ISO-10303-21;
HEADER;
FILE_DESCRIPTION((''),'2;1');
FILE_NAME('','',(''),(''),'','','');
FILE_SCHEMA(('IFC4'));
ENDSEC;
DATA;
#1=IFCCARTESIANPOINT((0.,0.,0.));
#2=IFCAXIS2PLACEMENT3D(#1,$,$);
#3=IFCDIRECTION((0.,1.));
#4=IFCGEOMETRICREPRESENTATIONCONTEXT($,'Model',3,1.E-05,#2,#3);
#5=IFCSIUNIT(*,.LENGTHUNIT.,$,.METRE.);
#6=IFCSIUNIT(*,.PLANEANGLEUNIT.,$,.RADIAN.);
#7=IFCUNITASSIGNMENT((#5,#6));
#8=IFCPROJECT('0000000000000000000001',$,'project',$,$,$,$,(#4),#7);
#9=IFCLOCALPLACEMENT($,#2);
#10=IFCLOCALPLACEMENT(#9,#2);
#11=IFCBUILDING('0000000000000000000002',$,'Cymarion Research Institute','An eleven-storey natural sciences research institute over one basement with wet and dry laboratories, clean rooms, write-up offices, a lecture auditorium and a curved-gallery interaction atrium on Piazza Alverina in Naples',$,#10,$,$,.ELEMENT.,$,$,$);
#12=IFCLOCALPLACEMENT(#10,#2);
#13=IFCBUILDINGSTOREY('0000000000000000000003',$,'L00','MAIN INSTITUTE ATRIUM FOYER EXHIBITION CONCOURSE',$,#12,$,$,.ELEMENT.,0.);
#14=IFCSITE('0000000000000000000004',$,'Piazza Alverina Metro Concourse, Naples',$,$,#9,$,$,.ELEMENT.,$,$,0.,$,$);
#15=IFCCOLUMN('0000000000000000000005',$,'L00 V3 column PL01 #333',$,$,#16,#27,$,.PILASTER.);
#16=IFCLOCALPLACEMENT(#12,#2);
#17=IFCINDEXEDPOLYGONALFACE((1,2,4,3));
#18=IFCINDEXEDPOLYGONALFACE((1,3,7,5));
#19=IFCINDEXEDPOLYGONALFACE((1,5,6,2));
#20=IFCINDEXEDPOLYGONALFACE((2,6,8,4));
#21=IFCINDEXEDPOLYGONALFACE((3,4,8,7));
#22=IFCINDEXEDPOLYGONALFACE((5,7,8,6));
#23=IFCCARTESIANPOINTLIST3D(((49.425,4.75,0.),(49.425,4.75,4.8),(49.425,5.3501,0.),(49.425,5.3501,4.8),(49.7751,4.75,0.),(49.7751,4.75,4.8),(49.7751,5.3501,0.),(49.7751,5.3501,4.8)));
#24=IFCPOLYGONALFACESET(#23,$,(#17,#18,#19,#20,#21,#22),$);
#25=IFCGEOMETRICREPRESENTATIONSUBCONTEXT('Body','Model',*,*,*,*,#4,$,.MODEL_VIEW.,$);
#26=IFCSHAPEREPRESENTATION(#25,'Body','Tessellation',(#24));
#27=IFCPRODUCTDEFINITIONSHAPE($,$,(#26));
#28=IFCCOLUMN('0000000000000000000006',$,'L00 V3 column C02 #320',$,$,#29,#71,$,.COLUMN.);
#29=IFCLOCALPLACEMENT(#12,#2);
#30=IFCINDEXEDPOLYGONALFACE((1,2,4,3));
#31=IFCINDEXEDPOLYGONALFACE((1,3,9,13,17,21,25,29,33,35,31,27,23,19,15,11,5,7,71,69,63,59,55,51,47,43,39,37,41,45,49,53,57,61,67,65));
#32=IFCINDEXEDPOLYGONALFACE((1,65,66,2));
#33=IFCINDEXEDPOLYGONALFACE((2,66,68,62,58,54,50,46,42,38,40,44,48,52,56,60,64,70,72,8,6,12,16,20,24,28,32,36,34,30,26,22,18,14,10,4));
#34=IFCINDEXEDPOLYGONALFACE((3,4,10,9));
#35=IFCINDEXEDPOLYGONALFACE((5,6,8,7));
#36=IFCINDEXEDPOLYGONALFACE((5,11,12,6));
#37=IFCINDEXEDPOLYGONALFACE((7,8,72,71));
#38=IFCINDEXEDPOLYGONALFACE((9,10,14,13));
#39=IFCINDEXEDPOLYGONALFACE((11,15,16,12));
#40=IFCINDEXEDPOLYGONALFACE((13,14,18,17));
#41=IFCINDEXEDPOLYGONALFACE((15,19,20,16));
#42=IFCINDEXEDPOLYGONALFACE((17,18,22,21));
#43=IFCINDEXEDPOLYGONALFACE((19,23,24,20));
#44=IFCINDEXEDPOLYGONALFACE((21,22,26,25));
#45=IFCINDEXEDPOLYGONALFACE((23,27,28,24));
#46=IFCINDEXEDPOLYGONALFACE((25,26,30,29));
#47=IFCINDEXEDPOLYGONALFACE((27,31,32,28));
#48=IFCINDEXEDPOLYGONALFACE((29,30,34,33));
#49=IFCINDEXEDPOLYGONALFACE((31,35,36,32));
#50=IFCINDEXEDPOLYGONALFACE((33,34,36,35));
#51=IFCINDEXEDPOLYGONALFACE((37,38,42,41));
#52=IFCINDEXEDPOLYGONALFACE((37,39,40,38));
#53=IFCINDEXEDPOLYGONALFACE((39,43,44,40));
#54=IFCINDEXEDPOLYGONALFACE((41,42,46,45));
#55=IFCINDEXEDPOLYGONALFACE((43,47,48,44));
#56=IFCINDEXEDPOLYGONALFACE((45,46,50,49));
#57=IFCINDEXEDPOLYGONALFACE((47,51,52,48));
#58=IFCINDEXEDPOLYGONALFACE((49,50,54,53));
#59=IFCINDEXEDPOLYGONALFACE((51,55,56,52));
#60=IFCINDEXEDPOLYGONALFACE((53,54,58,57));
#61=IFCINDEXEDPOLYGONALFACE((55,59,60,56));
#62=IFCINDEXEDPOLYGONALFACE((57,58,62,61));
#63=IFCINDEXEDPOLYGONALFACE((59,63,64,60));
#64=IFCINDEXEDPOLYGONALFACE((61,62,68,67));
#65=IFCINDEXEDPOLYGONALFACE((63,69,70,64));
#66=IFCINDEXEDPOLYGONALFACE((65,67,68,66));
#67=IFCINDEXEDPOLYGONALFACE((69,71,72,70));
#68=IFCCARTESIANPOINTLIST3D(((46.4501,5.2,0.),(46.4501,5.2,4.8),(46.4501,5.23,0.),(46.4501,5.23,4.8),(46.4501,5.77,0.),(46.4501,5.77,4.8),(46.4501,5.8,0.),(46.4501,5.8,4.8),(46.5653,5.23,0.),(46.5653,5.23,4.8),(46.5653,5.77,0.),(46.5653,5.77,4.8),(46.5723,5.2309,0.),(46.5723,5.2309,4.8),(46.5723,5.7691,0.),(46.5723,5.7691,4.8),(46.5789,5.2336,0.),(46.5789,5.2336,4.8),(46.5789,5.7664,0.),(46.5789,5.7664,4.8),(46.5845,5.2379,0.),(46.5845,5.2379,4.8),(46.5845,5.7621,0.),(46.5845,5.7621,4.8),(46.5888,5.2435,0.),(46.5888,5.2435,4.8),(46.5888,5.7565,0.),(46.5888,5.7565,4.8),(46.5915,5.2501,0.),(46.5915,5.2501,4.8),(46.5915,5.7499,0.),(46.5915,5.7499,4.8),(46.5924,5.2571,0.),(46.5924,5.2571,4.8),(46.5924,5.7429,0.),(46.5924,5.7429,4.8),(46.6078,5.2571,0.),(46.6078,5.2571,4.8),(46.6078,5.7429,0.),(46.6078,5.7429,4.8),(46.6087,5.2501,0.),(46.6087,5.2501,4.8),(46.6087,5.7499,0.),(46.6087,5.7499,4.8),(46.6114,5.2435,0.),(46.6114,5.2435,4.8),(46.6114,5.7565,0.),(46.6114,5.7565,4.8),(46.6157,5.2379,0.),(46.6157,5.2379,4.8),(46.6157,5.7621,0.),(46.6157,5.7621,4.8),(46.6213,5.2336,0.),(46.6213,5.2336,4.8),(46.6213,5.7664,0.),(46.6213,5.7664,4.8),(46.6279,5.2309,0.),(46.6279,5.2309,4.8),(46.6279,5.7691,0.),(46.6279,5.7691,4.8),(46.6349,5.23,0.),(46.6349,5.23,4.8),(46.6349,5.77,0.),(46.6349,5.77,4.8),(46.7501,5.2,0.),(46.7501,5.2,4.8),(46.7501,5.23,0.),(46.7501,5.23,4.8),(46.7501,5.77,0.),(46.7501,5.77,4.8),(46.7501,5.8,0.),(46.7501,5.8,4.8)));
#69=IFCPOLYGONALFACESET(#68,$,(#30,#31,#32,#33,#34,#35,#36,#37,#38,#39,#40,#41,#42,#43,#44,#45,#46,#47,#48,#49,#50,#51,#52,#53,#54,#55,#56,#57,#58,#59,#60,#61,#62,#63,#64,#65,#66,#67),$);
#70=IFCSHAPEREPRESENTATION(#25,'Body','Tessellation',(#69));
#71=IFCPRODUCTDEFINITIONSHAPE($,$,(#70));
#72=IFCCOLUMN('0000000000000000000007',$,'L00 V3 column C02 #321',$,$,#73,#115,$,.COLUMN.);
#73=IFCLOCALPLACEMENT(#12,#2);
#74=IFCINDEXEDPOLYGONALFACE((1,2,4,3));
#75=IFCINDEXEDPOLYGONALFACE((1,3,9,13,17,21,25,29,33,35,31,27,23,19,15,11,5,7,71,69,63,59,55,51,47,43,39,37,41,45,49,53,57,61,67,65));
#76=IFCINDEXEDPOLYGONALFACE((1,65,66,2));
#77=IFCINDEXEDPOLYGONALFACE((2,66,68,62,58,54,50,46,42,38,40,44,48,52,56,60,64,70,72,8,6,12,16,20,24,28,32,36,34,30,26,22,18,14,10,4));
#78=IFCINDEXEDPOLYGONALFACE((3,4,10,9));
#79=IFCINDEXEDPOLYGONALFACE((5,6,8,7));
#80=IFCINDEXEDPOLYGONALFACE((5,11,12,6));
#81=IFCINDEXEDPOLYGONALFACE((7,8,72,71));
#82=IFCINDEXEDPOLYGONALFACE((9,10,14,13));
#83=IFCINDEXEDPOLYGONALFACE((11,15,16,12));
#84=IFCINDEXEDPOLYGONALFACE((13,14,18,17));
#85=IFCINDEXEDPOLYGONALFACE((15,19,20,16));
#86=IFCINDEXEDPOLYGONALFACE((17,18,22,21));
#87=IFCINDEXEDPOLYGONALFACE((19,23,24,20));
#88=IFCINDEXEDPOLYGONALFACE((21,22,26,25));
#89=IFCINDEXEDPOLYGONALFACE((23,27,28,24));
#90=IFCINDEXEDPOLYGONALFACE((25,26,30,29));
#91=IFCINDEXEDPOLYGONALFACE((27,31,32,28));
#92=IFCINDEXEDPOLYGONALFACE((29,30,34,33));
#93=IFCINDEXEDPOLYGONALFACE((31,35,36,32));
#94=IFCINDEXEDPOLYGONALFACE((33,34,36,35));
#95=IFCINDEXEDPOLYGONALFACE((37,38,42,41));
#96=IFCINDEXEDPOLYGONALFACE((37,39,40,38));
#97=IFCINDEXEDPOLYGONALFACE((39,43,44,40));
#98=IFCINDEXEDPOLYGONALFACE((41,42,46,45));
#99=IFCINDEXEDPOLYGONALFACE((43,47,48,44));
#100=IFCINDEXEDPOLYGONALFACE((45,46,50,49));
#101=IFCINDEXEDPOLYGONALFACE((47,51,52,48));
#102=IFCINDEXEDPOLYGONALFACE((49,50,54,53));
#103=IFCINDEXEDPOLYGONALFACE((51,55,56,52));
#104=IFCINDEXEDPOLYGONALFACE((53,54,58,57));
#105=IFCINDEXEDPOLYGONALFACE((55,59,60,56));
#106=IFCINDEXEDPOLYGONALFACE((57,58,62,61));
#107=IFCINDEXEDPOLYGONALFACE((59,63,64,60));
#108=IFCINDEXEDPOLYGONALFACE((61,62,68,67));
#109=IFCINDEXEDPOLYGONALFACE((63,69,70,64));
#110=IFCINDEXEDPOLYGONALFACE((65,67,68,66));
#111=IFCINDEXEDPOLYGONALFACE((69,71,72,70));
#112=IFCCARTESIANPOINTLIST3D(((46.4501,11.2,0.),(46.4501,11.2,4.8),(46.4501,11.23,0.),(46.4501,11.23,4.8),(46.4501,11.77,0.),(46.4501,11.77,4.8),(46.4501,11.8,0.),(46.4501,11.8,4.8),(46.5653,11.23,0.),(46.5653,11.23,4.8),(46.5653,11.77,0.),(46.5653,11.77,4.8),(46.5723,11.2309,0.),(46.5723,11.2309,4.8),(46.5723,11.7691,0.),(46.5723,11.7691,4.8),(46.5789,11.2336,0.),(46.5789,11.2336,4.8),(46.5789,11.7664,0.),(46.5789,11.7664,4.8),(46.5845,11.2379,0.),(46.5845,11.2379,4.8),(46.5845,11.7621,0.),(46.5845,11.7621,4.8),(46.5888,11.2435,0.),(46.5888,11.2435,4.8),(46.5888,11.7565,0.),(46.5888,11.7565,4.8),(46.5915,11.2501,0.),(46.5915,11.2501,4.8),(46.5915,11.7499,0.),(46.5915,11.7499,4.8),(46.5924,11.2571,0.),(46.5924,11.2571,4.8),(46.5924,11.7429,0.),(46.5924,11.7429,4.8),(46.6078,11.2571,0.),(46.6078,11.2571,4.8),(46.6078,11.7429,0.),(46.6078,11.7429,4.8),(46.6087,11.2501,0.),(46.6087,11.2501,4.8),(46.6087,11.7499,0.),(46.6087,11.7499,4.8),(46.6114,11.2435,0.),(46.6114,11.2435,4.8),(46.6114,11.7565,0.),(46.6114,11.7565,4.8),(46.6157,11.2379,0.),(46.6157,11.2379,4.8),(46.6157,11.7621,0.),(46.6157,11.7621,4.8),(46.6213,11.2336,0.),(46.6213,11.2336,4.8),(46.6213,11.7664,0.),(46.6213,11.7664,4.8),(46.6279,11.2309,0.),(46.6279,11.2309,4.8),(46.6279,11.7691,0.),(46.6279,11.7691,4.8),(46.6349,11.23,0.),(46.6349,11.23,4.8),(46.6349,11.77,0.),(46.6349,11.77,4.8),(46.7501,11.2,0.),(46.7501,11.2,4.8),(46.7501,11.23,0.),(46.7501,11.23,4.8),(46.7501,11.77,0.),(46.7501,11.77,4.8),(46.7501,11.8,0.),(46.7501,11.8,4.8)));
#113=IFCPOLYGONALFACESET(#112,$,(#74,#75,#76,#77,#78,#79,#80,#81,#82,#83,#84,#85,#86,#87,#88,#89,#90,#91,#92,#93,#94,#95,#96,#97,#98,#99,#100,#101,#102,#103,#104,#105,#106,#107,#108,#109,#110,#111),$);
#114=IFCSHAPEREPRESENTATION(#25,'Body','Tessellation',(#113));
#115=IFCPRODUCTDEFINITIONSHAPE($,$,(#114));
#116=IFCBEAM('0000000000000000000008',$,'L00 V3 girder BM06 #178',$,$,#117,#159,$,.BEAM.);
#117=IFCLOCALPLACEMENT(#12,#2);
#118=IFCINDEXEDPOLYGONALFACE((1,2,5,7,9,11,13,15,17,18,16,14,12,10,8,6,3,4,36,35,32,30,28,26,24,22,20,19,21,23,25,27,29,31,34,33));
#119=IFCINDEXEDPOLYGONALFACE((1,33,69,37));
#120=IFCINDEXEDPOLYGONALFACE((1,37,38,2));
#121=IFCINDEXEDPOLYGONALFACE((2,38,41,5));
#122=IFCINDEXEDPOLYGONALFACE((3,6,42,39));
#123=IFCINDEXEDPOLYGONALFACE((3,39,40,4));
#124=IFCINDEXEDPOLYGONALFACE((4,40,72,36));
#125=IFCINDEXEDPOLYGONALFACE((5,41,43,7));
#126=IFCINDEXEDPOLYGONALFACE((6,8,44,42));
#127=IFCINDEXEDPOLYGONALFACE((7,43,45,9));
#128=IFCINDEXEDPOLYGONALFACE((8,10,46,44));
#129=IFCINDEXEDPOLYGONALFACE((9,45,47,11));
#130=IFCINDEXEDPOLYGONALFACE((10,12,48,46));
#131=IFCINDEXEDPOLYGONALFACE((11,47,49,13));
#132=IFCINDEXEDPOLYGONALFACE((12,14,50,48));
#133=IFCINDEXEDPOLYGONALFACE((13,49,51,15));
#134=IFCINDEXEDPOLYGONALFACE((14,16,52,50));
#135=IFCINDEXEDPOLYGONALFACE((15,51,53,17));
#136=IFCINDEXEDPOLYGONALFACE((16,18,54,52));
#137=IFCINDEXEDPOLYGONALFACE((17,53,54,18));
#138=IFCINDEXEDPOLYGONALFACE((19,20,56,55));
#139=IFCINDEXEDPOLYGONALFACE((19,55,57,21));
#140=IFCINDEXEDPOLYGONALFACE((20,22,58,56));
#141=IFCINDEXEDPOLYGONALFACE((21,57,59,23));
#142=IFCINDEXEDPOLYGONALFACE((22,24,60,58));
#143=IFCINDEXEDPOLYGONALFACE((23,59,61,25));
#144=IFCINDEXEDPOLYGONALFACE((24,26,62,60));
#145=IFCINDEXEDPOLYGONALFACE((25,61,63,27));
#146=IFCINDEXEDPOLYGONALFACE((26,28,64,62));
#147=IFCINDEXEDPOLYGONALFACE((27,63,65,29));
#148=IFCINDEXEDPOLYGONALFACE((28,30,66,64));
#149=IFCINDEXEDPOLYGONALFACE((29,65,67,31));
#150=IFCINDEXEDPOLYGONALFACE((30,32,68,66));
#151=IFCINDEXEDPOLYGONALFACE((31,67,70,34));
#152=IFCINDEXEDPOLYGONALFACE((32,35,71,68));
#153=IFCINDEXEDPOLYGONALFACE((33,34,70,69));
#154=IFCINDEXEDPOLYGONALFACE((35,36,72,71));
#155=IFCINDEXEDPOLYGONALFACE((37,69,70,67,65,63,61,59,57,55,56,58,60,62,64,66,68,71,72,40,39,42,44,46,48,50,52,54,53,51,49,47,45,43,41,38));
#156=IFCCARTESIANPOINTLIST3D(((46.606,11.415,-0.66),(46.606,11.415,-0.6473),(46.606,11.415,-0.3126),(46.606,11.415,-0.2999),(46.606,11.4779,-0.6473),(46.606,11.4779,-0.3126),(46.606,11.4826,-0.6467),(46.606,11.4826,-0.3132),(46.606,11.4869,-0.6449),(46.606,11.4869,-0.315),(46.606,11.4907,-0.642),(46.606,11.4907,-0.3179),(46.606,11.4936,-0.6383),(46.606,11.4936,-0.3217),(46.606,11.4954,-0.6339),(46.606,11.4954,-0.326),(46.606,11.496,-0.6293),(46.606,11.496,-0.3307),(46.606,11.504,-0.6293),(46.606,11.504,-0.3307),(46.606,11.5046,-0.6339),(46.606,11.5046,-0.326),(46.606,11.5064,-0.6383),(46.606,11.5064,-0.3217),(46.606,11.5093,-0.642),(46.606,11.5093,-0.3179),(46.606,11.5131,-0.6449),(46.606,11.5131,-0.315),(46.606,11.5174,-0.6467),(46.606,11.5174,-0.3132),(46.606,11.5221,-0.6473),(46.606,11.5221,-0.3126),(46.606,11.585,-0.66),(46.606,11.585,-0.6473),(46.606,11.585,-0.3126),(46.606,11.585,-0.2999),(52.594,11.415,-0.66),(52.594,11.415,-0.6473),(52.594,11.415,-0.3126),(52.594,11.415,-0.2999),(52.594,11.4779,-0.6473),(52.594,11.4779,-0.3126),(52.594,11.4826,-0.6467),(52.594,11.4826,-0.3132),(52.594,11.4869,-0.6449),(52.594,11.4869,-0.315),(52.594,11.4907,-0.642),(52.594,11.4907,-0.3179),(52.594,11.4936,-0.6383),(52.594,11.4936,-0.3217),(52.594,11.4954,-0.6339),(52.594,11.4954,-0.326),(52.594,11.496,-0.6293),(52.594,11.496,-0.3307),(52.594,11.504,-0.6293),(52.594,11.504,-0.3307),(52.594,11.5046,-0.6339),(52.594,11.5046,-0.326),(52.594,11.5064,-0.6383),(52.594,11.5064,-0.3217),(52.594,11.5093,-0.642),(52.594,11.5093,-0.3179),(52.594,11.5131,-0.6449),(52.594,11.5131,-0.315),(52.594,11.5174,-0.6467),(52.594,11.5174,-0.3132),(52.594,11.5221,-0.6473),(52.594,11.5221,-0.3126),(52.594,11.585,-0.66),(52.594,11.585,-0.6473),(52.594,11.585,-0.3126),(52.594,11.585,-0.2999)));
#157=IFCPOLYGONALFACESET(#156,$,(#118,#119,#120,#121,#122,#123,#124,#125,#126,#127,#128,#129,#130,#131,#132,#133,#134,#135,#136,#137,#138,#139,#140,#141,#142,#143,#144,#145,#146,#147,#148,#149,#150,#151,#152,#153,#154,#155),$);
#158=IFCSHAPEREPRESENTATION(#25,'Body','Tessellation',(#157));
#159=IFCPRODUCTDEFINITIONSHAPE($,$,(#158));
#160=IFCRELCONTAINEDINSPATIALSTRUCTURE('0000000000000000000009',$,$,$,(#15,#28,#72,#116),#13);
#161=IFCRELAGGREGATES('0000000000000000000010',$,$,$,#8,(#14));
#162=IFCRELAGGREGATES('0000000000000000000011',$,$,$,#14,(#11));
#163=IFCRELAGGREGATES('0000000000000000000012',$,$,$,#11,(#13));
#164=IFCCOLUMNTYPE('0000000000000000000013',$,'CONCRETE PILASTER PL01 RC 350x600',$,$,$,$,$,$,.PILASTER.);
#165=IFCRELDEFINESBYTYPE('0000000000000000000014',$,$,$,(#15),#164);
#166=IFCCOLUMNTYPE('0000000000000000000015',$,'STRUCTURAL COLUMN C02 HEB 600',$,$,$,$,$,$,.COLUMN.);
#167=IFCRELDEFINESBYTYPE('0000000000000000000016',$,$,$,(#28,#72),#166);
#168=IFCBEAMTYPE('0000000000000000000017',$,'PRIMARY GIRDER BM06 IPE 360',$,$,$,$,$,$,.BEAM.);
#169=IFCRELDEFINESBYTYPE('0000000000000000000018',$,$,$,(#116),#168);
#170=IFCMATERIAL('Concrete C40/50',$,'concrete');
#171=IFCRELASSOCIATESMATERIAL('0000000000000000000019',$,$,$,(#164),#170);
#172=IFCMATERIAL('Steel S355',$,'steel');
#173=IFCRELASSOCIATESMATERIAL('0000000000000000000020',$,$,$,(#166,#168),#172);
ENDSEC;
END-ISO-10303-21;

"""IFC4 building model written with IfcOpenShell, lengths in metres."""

from ifc_helpers import new_model, si_unit, direction, frame, origin, origin_2d, place, context, subcontext, project, spatial, rectangle, i_section, extrude, material, material_profile, profile_set, type_object, element, save


model = new_model("IFC4")

# Units and contexts
model_context = context("Model", 3, precision=1e-05, world=origin(), true_north=direction((0.0, 1.0)))
body_context = subcontext(model_context, "Body", "Model", "MODEL_VIEW")
ifc_project = project(units=[si_unit("LENGTHUNIT", "METRE"), si_unit("PLANEANGLEUNIT", "RADIAN")], contexts=[model_context])

# Site, building, storey
site_placement = place(None, origin())
site = spatial("IfcSite", under=ifc_project, at=site_placement, Name="Piazza Alverina Metro Concourse, Naples", CompositionType="ELEMENT", RefElevation=0.0)
building_placement = place(site_placement, origin())
building = spatial("IfcBuilding", under=site, at=building_placement, Name="Cymarion Research Institute", Description="An eleven-storey natural sciences research institute over one basement with wet and dry laboratories, clean rooms, write-up offices, a lecture auditorium and a curved-gallery interaction atrium on Piazza Alverina in Naples", CompositionType="ELEMENT")
storey_placement = place(building_placement, origin())
storey = spatial("IfcBuildingStorey", under=building, at=storey_placement, Name="L00", Description="MAIN INSTITUTE ATRIUM FOYER EXHIBITION CONCOURSE", CompositionType="ELEMENT", Elevation=0.0)

# Columns
ifc_material_1 = material(Name="Concrete C40/50", Category="concrete")
ifc_material_profile_1 = material_profile(ifc_material_1, rectangle(XDim=0.3501, YDim=0.6001, at=origin_2d()), Name="RC 350x600")
ifc_profile_set_1 = profile_set([ifc_material_profile_1], Name="Concrete C40/50")
column_type_1 = type_object("IfcColumnType", Name="CONCRETE PILASTER PL01 RC 350x600", PredefinedType="PILASTER", material=ifc_profile_set_1)
column_placement = place(storey_placement, frame((49.6001, 5.05, 0.0), z_axis=(0.0, 0.0, 1.0), x_axis=(1.0, 0.0, 0.0)))
element("IfcColumn", 1, at=column_placement, inside=storey, type_object=column_type_1, Name="L00 V3 column PL01 #333", PredefinedType="PILASTER", context=body_context, shape_type="SweptSolid", body=[
    extrude(rectangle(XDim=0.3501, YDim=0.6001, at=origin_2d()), origin(), (0.0, 0.0, 1.0), 4.8),
])
ifc_material_2 = material(Name="Steel S355", Category="steel")
ifc_material_profile_2 = material_profile(ifc_material_2, i_section(OverallWidth=0.3, OverallDepth=0.6001, WebThickness=0.0154, FlangeThickness=0.03, FilletRadius=0.0271, at=origin_2d()), Name="HEB 600")
ifc_profile_set_2 = profile_set([ifc_material_profile_2], Name="Steel S355")
column_type_2 = type_object("IfcColumnType", Name="STRUCTURAL COLUMN C02 HEB 600", PredefinedType="COLUMN", material=ifc_profile_set_2)
for number, where, z_axis, x_axis, name in (
    (2, (46.6001, 5.5, 0.0), (0.0, 0.0, 1.0), (1.0, 0.0, 0.0), "L00 V3 column C02 #320"),
    (3, (46.6001, 11.5, 0.0), (0.0, 0.0, 1.0), (1.0, 0.0, 0.0), "L00 V3 column C02 #321"),
):
    element("IfcColumn", number, at=place(storey_placement, frame(where, z_axis=z_axis, x_axis=x_axis)), inside=storey, type_object=column_type_2, Name=name, PredefinedType="COLUMN", context=body_context, shape_type="SweptSolid", body=[
        extrude(i_section(OverallWidth=0.3, OverallDepth=0.6001, WebThickness=0.0154, FlangeThickness=0.03, FilletRadius=0.0271, at=origin_2d()), origin(), (0.0, 0.0, 1.0), 4.8),
    ])

# Beam
ifc_material_profile_3 = material_profile(ifc_material_2, i_section(OverallWidth=0.1699, OverallDepth=0.3601, WebThickness=0.0081, FlangeThickness=0.0127, FilletRadius=0.0181, at=origin_2d()), Name="IPE 360")
ifc_profile_set_3 = profile_set([ifc_material_profile_3], Name="Steel S355")
beam_type_1 = type_object("IfcBeamType", Name="PRIMARY GIRDER BM06 IPE 360", PredefinedType="BEAM", material=ifc_profile_set_3)
beam_1_placement = place(storey_placement, frame((46.606, 11.5, -0.48), z_axis=(1.0, 0.0, 0.0), x_axis=(0.0, 1.0, 0.0)))
element("IfcBeam", 4, at=beam_1_placement, inside=storey, type_object=beam_type_1, Name="L00 V3 girder BM06 #178", PredefinedType="BEAM", context=body_context, shape_type="SweptSolid", body=[
    extrude(i_section(OverallWidth=0.1699, OverallDepth=0.3601, WebThickness=0.0081, FlangeThickness=0.0127, FilletRadius=0.0181, at=origin_2d()), origin(), (0.0, 0.0, 1.0), 5.988),
])

save(model, "model.ifc")
